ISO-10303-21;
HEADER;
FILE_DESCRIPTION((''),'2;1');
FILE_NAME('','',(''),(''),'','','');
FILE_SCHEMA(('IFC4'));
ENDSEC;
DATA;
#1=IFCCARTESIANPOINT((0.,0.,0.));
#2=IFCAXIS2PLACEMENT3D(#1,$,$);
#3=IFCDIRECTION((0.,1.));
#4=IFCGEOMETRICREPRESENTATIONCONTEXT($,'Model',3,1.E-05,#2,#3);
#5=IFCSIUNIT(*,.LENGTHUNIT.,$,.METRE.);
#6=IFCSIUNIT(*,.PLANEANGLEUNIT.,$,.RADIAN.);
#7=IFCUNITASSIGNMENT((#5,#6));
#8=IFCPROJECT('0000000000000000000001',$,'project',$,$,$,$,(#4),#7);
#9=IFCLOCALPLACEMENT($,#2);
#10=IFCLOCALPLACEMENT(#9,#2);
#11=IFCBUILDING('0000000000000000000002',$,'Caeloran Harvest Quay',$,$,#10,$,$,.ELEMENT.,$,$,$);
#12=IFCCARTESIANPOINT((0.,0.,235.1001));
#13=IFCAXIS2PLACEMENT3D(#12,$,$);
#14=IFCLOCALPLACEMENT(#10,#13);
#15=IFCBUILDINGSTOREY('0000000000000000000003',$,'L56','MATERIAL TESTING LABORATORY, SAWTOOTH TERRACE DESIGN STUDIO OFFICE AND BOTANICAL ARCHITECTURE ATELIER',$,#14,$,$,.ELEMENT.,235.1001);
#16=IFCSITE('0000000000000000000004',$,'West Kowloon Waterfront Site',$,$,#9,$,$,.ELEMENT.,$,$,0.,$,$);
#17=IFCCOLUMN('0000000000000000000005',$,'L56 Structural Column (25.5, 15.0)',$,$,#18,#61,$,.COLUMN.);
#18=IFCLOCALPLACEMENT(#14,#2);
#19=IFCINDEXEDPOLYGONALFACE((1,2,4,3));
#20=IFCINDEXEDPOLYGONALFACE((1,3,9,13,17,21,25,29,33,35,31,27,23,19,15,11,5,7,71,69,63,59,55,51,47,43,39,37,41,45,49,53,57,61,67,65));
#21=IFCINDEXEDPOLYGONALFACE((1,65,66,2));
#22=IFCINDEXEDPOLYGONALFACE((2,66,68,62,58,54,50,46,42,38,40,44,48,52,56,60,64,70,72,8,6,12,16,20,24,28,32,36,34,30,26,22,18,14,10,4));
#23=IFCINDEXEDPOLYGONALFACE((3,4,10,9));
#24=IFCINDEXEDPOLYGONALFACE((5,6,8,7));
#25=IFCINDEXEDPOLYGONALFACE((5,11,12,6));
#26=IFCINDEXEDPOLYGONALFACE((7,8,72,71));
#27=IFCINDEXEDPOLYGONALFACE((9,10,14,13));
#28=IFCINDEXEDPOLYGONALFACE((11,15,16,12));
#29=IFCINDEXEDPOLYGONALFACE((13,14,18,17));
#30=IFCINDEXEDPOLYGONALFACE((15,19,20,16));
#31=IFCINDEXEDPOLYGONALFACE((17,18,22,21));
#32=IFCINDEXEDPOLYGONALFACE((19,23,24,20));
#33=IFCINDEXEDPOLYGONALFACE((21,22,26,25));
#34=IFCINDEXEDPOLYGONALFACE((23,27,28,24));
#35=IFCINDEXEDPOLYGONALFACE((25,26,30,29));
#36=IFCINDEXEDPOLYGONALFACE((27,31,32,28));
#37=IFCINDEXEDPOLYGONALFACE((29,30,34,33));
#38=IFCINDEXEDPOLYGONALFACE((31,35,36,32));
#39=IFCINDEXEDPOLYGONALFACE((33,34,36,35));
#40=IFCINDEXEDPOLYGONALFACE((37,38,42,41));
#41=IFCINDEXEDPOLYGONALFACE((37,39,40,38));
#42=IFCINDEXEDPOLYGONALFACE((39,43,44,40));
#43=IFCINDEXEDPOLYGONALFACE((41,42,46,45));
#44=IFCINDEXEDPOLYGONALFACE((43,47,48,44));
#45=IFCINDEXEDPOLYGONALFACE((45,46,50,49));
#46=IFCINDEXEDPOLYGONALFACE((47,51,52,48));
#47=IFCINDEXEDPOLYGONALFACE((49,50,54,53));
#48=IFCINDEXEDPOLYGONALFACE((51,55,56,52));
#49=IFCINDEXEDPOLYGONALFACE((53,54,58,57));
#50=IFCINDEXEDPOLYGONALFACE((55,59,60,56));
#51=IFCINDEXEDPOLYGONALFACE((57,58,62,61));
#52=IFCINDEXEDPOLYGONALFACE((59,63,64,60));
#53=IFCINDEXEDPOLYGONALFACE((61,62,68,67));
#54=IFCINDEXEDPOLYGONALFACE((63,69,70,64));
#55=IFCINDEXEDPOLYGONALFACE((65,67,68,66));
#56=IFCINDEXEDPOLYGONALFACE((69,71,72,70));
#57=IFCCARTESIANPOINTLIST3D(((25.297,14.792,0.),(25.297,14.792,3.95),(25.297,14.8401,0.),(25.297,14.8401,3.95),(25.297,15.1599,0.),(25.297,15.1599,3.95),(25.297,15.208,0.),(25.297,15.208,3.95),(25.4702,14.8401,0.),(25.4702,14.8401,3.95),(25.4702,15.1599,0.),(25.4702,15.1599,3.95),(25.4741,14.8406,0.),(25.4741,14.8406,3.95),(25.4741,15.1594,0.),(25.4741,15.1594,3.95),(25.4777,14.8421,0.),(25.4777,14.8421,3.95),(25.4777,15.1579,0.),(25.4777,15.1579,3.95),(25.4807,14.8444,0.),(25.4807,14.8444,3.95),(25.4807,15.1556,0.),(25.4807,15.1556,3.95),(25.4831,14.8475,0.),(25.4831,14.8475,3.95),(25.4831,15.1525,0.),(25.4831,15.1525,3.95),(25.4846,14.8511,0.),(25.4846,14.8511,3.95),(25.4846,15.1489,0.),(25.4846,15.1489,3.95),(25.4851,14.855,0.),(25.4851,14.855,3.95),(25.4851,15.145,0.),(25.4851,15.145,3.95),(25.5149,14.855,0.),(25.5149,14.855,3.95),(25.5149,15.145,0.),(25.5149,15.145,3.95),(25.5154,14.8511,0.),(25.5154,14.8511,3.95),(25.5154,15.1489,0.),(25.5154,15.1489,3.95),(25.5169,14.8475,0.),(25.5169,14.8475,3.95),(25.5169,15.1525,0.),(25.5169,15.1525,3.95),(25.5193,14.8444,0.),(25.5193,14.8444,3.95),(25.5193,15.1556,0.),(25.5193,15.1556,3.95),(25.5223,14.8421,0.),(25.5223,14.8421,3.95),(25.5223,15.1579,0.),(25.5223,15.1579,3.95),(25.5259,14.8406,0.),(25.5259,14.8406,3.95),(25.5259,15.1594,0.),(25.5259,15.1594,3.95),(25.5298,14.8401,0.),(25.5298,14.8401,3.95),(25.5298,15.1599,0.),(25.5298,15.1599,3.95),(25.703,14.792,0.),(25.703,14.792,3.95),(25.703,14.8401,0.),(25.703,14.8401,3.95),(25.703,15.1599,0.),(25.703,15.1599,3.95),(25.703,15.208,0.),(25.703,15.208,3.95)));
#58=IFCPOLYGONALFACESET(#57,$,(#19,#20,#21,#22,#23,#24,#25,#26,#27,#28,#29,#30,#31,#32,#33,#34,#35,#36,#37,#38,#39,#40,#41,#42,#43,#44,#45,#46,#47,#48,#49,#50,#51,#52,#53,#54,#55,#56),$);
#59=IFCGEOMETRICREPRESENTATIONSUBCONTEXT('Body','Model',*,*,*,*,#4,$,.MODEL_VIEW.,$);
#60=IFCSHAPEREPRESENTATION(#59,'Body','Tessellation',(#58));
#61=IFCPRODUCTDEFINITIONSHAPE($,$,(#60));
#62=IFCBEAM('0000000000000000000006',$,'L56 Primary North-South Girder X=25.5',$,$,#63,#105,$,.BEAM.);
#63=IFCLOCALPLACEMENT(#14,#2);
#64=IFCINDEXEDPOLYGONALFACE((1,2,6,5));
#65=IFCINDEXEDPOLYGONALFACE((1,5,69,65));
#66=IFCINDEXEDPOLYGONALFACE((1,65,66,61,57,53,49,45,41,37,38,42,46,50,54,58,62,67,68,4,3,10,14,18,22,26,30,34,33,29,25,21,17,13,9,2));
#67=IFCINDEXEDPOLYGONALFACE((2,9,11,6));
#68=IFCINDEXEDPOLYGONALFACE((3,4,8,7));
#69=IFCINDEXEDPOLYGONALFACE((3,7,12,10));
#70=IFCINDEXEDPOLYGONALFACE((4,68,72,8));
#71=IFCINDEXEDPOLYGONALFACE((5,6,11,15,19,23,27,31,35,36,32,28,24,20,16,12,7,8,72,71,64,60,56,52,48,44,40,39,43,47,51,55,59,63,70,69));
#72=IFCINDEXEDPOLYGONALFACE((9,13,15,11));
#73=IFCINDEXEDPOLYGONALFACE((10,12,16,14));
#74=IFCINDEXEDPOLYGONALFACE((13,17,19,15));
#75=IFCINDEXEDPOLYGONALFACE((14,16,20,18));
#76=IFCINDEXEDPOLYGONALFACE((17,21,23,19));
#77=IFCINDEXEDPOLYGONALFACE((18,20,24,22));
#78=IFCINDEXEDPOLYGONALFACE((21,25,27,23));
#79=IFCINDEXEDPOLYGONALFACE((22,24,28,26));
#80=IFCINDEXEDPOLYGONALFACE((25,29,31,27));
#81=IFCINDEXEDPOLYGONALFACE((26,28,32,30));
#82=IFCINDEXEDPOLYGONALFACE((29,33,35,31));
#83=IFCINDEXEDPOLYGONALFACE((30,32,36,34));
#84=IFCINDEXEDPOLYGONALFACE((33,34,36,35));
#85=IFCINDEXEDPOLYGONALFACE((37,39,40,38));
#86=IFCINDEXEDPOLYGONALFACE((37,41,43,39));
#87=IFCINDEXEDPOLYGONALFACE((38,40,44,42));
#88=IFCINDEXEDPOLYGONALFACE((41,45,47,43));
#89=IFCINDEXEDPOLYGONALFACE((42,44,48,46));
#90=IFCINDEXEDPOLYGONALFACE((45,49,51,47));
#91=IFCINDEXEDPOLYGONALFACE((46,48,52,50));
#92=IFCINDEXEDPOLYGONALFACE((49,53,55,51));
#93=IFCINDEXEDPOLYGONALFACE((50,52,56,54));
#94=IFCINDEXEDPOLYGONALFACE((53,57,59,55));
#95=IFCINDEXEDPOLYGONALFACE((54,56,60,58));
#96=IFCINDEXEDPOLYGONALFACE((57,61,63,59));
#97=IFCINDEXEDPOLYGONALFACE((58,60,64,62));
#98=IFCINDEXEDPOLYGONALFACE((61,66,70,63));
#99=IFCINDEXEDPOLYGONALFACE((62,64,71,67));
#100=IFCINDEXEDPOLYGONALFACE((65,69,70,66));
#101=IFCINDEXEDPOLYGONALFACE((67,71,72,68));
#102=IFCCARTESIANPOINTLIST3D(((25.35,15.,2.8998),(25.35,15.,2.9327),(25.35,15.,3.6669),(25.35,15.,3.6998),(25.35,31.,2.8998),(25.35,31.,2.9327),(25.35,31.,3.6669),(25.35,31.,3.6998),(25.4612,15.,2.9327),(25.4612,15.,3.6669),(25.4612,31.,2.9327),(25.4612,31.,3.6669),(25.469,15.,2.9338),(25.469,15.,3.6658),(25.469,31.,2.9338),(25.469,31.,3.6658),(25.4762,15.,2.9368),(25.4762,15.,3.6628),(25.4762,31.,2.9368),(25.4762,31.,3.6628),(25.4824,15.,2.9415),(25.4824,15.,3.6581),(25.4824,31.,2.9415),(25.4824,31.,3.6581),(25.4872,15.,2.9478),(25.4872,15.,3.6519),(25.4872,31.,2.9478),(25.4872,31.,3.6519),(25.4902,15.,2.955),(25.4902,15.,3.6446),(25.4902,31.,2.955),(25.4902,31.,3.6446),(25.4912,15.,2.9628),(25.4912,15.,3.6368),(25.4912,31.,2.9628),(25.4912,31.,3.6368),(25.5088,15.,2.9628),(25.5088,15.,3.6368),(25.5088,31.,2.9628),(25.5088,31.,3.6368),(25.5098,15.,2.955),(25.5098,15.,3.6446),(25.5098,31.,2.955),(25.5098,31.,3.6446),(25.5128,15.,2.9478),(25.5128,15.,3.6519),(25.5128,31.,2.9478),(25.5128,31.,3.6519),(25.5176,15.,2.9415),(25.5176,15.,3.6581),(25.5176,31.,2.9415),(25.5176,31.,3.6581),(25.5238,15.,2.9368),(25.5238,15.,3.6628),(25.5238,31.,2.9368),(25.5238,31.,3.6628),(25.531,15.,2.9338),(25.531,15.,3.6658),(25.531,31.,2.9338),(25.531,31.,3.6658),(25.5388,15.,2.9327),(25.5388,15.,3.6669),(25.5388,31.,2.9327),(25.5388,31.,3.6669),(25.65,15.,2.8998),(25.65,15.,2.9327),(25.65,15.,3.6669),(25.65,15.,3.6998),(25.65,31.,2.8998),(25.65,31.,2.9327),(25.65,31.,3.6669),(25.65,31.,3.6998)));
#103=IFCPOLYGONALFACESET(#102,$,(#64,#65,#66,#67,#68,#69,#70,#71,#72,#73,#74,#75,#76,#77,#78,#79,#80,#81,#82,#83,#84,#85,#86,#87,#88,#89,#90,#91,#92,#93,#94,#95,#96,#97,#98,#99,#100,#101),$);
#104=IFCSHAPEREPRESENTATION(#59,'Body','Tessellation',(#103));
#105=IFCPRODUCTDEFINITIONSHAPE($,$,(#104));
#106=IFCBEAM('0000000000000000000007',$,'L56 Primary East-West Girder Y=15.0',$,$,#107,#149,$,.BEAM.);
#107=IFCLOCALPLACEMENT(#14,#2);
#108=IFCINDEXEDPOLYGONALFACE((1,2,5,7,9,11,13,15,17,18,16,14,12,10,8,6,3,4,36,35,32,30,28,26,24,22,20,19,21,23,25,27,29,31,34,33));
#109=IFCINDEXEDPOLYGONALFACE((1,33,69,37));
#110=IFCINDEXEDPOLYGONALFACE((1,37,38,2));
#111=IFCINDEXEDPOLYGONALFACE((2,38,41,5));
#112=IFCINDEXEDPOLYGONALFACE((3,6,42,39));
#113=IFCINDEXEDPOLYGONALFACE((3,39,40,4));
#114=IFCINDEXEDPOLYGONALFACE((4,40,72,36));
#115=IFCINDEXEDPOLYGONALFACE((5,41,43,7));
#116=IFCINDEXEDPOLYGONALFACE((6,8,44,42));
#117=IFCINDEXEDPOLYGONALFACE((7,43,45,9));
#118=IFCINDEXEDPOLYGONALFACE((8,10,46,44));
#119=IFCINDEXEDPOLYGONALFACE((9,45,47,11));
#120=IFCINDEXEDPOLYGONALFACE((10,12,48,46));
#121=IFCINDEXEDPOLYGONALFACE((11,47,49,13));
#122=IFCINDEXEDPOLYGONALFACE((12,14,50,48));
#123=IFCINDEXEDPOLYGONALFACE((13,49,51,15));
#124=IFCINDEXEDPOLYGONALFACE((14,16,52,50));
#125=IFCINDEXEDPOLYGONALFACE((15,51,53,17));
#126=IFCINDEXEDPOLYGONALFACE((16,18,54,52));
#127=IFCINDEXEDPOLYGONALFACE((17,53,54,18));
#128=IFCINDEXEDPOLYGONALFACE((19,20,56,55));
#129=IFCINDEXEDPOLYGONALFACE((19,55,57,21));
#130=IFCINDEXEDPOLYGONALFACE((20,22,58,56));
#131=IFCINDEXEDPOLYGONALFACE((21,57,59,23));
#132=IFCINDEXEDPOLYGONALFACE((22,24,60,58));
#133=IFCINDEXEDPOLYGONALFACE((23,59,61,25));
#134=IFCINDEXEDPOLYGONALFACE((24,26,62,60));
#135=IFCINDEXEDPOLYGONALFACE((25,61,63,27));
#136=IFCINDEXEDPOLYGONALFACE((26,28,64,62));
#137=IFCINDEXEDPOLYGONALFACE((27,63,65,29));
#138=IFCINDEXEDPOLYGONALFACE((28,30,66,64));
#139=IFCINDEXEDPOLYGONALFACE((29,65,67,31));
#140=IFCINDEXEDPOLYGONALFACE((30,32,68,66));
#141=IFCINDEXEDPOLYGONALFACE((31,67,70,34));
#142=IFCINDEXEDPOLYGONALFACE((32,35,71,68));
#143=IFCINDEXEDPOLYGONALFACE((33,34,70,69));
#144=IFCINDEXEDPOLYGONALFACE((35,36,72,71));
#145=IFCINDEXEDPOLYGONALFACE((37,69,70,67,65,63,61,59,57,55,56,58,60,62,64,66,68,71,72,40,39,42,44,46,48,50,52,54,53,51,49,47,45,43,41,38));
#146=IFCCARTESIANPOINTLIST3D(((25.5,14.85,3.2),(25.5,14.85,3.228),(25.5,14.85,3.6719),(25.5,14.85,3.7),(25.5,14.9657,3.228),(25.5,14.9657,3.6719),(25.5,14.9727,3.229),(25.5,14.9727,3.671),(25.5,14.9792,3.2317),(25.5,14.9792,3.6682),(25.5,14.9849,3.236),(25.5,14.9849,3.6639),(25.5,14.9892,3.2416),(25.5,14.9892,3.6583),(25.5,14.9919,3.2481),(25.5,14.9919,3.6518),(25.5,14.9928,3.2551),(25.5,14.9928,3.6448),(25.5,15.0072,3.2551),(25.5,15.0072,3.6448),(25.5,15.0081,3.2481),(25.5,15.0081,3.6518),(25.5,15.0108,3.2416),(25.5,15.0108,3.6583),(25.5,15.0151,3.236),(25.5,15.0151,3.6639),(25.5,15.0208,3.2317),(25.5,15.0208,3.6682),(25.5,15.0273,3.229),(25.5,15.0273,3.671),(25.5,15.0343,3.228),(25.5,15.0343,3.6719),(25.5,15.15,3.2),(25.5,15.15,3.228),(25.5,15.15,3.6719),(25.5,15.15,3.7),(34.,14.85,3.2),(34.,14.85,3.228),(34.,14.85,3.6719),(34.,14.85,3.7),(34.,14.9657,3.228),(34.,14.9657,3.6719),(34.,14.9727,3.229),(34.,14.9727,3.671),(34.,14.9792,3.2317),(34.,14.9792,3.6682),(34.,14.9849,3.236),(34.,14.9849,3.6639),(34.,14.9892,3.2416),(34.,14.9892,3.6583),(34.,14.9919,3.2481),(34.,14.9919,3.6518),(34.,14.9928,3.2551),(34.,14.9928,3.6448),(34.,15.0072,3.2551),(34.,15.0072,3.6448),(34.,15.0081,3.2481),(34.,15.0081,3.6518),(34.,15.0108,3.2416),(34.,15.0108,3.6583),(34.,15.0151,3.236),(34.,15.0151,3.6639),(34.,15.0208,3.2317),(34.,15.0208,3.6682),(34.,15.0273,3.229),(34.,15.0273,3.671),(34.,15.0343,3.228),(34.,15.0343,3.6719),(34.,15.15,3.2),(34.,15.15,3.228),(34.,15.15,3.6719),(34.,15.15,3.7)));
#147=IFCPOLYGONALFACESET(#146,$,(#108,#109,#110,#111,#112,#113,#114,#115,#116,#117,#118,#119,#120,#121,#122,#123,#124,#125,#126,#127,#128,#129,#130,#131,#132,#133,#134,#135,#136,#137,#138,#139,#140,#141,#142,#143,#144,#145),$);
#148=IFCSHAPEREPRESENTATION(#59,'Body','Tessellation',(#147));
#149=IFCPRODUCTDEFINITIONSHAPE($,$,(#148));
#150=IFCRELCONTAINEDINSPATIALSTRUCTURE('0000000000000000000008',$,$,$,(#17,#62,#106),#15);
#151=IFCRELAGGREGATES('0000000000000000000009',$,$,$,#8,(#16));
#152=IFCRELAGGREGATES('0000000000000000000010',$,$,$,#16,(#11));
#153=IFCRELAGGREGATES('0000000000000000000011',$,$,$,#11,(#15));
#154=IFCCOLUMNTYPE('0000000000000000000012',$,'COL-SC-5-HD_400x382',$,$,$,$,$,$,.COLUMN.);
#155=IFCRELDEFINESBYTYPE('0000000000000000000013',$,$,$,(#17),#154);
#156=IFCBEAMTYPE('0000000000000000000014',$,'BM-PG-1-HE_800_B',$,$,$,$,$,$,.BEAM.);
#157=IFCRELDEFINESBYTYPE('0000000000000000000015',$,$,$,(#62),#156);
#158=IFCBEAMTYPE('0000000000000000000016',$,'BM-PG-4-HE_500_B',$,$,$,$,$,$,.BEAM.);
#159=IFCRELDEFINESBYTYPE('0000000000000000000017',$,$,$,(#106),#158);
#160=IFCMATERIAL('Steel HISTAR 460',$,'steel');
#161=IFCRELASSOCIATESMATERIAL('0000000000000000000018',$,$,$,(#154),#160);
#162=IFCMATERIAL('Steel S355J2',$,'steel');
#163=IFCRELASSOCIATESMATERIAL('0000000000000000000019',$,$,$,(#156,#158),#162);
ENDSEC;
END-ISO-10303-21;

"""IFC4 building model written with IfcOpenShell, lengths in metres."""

from ifc_helpers import new_model, si_unit, direction, frame, origin, origin_2d, place, context, subcontext, project, spatial, i_section, extrude, material, material_profile, profile_set, type_object, element, save


model = new_model("IFC4")

# Units and contexts
model_context = context("Model", 3, precision=1e-05, world=origin(), true_north=direction((0.0, 1.0)))
body_context = subcontext(model_context, "Body", "Model", "MODEL_VIEW")
ifc_project = project(units=[si_unit("LENGTHUNIT", "METRE"), si_unit("PLANEANGLEUNIT", "RADIAN")], contexts=[model_context])

# Site, building, storey
site_placement = place(None, origin())
site = spatial("IfcSite", under=ifc_project, at=site_placement, Name="West Kowloon Waterfront Site", CompositionType="ELEMENT", RefElevation=0.0)
building_placement = place(site_placement, origin())
building = spatial("IfcBuilding", under=site, at=building_placement, Name="Caeloran Harvest Quay", CompositionType="ELEMENT")
storey_placement = place(building_placement, frame((0.0, 0.0, 235.1001)))
storey = spatial("IfcBuildingStorey", under=building, at=storey_placement, Name="L56", Description="MATERIAL TESTING LABORATORY, SAWTOOTH TERRACE DESIGN STUDIO OFFICE AND BOTANICAL ARCHITECTURE ATELIER", CompositionType="ELEMENT", Elevation=235.1001)

# Column
ifc_material_1 = material(Name="Steel HISTAR 460", Category="steel")
ifc_material_profile_1 = material_profile(ifc_material_1, i_section(OverallWidth=0.406, OverallDepth=0.416, WebThickness=0.0298, FlangeThickness=0.0481, FilletRadius=0.0149, at=origin_2d()), Name="HD 400x382")
ifc_profile_set_1 = profile_set([ifc_material_profile_1], Name="Steel HISTAR 460")
column_type = type_object("IfcColumnType", Name="COL-SC-5-HD_400x382", PredefinedType="COLUMN", material=ifc_profile_set_1)
column_placement = place(storey_placement, frame((25.5, 15.0, 0.0), z_axis=(0.0, 0.0, 1.0), x_axis=(1.0, 0.0, 0.0)))
element("IfcColumn", 1, at=column_placement, inside=storey, type_object=column_type, Name="L56 Structural Column (25.5, 15.0)", PredefinedType="COLUMN", context=body_context, shape_type="SweptSolid", body=[
    extrude(i_section(OverallWidth=0.406, OverallDepth=0.416, WebThickness=0.0298, FlangeThickness=0.0481, FilletRadius=0.0149, at=origin_2d()), origin(), (0.0, 0.0, 1.0), 3.95),
])

# Beams
ifc_material_2 = material(Name="Steel S355J2", Category="steel")
ifc_material_profile_2 = material_profile(ifc_material_2, i_section(OverallWidth=0.3, OverallDepth=0.8, WebThickness=0.0176, FlangeThickness=0.033, FilletRadius=0.03, at=origin_2d()), Name="HE 800 B")
ifc_profile_set_2 = profile_set([ifc_material_profile_2], Name="Steel S355J2")
beam_type_1 = type_object("IfcBeamType", Name="BM-PG-1-HE_800_B", PredefinedType="BEAM", material=ifc_profile_set_2)
beam_1_placement = place(storey_placement, frame((25.5, 15.0, 3.2998), z_axis=(0.0, 1.0, 0.0), x_axis=(-1.0, 0.0, 0.0)))
element("IfcBeam", 2, at=beam_1_placement, inside=storey, type_object=beam_type_1, Name="L56 Primary North-South Girder X=25.5", PredefinedType="BEAM", context=body_context, shape_type="SweptSolid", body=[
    extrude(i_section(OverallWidth=0.3, OverallDepth=0.8, WebThickness=0.0176, FlangeThickness=0.033, FilletRadius=0.03, at=origin_2d()), origin(), (0.0, 0.0, 1.0), 16.0),
])
ifc_material_profile_3 = material_profile(ifc_material_2, i_section(OverallWidth=0.3, OverallDepth=0.5, WebThickness=0.0144, FlangeThickness=0.0281, FilletRadius=0.0271, at=origin_2d()), Name="HE 500 B")
ifc_profile_set_3 = profile_set([ifc_material_profile_3], Name="Steel S355J2")
beam_type_2 = type_object("IfcBeamType", Name="BM-PG-4-HE_500_B", PredefinedType="BEAM", material=ifc_profile_set_3)
beam_2_placement = place(storey_placement, frame((25.5, 15.0, 3.45), z_axis=(1.0, 0.0, 0.0), x_axis=(0.0, 1.0, 0.0)))
element("IfcBeam", 3, at=beam_2_placement, inside=storey, type_object=beam_type_2, Name="L56 Primary East-West Girder Y=15.0", PredefinedType="BEAM", context=body_context, shape_type="SweptSolid", body=[
    extrude(i_section(OverallWidth=0.3, OverallDepth=0.5, WebThickness=0.0144, FlangeThickness=0.0281, FilletRadius=0.0271, at=origin_2d()), origin(), (0.0, 0.0, 1.0), 8.5),
])

save(model, "model.ifc")
